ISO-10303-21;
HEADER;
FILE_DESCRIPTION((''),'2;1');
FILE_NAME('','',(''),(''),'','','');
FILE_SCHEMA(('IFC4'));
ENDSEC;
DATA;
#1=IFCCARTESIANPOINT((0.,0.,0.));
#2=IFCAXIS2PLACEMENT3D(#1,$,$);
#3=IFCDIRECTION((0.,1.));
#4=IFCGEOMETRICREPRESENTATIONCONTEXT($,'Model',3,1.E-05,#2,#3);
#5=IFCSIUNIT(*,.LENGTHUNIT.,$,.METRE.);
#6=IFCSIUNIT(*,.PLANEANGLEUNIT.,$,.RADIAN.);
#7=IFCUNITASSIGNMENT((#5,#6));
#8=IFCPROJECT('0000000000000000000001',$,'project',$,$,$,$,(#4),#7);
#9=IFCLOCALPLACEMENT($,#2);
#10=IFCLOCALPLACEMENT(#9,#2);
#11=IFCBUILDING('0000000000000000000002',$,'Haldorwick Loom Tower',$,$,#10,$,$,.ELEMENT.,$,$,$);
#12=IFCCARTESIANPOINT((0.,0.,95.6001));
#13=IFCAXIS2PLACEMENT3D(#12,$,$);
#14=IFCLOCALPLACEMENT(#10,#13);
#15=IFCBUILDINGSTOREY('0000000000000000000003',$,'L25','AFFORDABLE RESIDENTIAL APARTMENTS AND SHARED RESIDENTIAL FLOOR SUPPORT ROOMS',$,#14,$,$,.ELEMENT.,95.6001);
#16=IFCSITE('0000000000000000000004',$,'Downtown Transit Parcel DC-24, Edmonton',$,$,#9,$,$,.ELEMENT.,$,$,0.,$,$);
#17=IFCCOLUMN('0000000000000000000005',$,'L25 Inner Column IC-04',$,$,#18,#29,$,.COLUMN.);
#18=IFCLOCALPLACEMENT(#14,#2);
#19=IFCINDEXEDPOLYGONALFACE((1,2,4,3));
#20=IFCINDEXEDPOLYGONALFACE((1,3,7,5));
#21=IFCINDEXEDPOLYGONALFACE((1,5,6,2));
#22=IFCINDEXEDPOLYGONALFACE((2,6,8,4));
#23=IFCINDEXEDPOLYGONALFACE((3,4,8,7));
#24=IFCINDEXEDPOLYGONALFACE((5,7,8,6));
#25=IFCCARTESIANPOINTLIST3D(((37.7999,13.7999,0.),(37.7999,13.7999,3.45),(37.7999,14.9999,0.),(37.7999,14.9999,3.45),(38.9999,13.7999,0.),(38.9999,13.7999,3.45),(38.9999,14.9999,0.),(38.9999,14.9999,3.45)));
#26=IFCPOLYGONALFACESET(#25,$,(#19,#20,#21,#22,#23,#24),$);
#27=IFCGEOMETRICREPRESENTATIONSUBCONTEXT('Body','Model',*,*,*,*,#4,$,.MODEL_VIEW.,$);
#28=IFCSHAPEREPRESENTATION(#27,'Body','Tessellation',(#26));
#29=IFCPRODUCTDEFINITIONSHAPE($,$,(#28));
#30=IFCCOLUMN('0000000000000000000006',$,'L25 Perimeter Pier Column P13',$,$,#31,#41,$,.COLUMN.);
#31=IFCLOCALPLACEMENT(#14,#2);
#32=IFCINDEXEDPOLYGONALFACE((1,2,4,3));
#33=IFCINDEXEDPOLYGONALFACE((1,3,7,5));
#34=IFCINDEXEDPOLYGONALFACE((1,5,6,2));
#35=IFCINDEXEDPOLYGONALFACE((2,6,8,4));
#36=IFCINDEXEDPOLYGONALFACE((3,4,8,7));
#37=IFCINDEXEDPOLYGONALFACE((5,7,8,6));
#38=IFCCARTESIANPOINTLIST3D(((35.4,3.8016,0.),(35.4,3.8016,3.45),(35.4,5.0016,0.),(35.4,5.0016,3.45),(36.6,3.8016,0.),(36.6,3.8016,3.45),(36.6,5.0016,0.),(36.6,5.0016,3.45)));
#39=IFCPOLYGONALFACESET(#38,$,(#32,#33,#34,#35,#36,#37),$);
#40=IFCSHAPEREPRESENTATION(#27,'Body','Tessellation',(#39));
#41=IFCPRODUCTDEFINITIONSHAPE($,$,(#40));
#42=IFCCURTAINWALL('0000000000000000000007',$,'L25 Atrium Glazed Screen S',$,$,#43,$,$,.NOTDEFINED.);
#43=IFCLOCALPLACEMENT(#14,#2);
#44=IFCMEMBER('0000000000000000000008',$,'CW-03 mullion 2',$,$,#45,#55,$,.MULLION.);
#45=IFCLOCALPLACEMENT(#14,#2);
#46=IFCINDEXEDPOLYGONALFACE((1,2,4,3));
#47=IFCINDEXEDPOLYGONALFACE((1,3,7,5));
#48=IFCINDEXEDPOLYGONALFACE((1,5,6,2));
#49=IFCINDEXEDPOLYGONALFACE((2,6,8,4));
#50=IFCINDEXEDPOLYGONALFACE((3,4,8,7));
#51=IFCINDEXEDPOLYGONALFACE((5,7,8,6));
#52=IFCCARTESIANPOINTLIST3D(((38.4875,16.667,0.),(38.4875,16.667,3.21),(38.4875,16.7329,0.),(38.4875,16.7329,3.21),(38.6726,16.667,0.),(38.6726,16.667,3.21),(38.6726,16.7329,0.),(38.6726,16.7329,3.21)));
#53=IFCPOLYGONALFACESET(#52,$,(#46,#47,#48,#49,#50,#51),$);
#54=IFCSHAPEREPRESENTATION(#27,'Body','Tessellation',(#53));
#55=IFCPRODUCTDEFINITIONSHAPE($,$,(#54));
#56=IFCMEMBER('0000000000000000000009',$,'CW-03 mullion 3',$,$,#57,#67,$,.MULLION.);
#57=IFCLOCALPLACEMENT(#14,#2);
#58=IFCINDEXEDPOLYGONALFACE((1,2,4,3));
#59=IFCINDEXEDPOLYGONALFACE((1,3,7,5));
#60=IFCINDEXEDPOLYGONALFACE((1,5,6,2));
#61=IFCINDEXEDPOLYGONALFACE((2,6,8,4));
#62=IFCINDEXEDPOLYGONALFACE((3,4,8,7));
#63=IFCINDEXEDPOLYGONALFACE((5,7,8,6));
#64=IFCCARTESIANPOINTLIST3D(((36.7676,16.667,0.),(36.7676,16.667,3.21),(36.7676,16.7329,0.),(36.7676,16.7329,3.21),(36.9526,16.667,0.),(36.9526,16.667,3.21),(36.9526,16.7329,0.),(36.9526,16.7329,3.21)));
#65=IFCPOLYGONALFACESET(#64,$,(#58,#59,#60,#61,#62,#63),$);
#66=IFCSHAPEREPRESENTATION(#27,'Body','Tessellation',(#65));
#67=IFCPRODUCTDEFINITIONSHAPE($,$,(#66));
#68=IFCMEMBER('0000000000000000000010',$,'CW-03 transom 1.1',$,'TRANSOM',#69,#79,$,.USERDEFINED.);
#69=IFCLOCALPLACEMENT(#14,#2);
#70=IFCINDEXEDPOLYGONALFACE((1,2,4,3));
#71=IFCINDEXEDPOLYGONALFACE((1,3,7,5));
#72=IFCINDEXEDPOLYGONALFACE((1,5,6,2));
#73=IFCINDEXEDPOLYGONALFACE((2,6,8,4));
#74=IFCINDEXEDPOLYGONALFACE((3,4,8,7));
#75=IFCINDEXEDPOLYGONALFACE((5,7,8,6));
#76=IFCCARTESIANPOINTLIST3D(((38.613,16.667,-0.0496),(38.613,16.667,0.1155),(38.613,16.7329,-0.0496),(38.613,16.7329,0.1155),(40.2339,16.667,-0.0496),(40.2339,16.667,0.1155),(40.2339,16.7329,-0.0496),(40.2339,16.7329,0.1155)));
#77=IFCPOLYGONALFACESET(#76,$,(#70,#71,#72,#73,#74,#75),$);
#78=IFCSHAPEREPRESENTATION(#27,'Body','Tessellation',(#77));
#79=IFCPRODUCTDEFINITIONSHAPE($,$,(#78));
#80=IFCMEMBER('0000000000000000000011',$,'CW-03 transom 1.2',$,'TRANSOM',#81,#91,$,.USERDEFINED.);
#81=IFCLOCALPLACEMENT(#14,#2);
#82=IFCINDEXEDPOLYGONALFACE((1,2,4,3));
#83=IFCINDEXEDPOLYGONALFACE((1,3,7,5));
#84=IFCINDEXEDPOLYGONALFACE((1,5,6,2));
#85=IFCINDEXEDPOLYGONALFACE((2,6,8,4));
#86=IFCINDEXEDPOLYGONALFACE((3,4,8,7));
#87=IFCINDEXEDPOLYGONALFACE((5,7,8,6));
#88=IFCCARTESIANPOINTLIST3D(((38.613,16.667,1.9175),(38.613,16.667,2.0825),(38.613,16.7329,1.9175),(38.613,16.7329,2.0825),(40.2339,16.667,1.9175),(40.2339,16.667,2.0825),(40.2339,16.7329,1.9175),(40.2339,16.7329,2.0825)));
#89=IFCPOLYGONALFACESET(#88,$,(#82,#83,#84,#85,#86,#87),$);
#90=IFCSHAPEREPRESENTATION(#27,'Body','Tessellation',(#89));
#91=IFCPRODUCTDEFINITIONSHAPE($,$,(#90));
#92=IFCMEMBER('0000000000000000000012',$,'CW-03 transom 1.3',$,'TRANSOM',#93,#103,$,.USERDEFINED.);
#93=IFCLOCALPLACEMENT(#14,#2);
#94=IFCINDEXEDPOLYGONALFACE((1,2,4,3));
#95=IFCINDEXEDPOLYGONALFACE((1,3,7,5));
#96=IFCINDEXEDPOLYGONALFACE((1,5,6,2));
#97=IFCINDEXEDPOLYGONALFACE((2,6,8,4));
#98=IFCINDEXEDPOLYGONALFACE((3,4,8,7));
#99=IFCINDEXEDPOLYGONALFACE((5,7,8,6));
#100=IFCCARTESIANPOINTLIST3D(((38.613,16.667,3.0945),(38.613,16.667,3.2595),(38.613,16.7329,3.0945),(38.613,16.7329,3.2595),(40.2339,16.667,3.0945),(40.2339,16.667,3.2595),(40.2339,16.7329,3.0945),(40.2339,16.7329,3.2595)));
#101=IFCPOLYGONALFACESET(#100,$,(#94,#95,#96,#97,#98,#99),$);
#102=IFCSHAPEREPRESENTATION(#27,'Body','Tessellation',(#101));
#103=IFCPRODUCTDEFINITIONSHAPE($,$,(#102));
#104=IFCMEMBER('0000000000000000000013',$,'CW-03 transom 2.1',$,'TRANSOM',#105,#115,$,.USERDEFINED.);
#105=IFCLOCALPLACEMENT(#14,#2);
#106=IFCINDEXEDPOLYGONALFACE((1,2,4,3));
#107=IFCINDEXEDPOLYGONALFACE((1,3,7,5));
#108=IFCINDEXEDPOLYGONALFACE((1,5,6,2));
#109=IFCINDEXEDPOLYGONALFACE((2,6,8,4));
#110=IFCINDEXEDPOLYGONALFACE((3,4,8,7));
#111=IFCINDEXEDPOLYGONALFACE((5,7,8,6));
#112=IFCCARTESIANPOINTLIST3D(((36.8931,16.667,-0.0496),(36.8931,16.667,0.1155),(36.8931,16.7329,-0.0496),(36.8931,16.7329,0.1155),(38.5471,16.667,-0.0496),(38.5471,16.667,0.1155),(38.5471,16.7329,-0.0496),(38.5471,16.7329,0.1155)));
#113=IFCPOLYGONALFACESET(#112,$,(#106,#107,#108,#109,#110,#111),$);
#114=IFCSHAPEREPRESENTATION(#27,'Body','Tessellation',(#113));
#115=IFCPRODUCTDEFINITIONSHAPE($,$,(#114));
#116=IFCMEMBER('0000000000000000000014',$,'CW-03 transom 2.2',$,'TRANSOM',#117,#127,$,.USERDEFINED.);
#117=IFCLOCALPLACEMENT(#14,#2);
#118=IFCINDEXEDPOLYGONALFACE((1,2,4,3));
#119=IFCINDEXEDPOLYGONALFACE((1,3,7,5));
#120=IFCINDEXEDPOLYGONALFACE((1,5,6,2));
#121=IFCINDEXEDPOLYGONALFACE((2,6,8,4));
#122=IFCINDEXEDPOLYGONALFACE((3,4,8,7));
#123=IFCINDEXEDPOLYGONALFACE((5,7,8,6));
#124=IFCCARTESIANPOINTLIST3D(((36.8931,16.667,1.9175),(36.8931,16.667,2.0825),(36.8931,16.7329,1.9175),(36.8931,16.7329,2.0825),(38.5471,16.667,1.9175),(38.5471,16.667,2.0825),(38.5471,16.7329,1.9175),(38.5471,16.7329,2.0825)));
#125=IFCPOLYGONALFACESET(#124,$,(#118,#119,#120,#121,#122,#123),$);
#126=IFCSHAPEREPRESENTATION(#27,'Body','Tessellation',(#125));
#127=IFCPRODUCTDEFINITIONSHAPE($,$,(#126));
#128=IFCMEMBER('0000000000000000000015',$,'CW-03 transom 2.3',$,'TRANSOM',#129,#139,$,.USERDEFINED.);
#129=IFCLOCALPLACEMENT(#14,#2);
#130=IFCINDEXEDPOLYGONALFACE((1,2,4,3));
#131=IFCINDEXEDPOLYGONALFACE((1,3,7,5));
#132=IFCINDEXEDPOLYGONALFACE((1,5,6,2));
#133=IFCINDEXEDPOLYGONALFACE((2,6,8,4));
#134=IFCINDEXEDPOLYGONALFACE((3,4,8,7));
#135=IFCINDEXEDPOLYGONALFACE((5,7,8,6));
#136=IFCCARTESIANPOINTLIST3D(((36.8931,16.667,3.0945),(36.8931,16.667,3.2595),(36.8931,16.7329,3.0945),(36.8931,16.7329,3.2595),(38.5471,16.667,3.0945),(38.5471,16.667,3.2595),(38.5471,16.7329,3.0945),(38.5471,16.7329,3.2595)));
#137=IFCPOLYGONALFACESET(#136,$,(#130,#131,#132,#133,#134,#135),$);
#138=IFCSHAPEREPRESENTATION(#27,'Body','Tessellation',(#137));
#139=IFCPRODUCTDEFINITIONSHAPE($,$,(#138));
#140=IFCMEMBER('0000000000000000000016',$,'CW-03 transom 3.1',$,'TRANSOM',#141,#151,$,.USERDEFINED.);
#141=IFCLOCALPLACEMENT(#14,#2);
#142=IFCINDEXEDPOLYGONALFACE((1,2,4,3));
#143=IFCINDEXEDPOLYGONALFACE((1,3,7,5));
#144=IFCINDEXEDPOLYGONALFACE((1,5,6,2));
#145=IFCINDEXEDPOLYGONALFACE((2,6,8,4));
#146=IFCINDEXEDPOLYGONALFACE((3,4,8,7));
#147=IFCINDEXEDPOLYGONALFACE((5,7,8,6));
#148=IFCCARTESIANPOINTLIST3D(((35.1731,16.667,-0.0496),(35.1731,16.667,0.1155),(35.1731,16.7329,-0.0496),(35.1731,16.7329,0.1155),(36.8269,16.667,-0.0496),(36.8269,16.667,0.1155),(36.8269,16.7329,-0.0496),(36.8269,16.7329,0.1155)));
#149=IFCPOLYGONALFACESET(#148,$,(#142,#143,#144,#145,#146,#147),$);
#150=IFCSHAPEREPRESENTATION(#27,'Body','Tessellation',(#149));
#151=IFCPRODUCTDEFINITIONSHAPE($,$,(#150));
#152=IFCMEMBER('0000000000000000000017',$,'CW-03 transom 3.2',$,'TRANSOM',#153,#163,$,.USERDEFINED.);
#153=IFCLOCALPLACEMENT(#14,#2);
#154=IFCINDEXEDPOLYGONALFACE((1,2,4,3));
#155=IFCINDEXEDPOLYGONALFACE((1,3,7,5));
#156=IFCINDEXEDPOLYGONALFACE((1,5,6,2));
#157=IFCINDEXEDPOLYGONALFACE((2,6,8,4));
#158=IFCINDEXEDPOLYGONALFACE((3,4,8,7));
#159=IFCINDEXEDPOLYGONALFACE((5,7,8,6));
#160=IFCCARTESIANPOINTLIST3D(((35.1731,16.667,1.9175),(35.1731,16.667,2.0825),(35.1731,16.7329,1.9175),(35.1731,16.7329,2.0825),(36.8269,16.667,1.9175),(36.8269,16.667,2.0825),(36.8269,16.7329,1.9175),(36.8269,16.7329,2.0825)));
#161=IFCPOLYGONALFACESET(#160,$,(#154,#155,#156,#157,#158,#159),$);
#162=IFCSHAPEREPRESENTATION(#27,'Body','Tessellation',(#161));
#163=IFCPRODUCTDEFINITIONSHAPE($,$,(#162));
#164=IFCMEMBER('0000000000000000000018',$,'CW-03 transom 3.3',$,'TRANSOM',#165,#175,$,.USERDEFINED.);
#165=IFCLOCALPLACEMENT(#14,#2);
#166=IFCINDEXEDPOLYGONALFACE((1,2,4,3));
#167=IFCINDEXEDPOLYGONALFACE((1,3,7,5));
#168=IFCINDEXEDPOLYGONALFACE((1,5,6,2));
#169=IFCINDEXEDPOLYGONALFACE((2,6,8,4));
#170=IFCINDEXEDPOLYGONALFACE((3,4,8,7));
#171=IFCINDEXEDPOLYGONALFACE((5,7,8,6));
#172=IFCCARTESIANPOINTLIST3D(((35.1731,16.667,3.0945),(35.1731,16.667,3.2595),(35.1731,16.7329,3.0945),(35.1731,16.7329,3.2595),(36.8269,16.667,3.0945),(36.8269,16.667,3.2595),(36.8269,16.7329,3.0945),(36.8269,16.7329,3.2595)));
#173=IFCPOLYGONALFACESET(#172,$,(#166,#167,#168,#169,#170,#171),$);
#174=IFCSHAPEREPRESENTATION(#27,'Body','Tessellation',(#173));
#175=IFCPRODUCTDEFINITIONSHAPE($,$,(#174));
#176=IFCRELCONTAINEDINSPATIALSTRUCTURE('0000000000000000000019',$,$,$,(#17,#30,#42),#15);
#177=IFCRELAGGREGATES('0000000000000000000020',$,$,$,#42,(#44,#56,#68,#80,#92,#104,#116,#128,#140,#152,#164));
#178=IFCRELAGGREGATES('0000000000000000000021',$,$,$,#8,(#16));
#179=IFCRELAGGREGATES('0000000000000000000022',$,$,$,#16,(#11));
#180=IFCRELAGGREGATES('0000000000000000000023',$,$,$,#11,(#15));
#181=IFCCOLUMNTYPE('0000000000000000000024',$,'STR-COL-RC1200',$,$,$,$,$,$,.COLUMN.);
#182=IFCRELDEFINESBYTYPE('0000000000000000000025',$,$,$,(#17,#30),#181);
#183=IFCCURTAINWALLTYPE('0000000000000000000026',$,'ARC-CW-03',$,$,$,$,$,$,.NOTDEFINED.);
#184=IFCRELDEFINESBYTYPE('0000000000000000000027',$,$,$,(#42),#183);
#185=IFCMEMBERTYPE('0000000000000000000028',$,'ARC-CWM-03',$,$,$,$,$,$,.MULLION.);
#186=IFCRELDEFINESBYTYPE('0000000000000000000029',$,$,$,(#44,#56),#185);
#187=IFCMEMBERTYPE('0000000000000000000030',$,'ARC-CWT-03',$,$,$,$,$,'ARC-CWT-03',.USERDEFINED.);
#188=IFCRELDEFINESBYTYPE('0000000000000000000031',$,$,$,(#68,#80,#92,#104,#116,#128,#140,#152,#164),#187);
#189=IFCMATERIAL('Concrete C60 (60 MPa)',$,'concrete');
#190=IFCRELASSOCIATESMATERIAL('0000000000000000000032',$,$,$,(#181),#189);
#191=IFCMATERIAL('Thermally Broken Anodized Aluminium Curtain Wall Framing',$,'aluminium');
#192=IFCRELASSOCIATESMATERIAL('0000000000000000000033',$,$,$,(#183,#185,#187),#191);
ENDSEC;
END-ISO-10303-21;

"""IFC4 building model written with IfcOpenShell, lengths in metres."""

from ifc_helpers import new_model, si_unit, direction, frame, origin, origin_2d, place, context, subcontext, project, spatial, rectangle, extrude, material, material_profile, profile_set, type_object, element, aggregate, save


model = new_model("IFC4")

# Units and contexts
model_context = context("Model", 3, precision=1e-05, world=origin(), true_north=direction((0.0, 1.0)))
body_context = subcontext(model_context, "Body", "Model", "MODEL_VIEW")
ifc_project = project(units=[si_unit("LENGTHUNIT", "METRE"), si_unit("PLANEANGLEUNIT", "RADIAN")], contexts=[model_context])

# Site, building, storey
site_placement = place(None, origin())
site = spatial("IfcSite", under=ifc_project, at=site_placement, Name="Downtown Transit Parcel DC-24, Edmonton", CompositionType="ELEMENT", RefElevation=0.0)
building_placement = place(site_placement, origin())
building = spatial("IfcBuilding", under=site, at=building_placement, Name="Haldorwick Loom Tower", CompositionType="ELEMENT")
storey_placement = place(building_placement, frame((0.0, 0.0, 95.6001)))
storey = spatial("IfcBuildingStorey", under=building, at=storey_placement, Name="L25", Description="AFFORDABLE RESIDENTIAL APARTMENTS AND SHARED RESIDENTIAL FLOOR SUPPORT ROOMS", CompositionType="ELEMENT", Elevation=95.6001)

# Columns
ifc_material_1 = material(Name="Concrete C60 (60 MPa)", Category="concrete")
ifc_material_profile_1 = material_profile(ifc_material_1, rectangle(XDim=1.2, YDim=1.2, at=origin_2d()), Name="RC1200X1200", Category="concrete")
ifc_profile_set_1 = profile_set([ifc_material_profile_1], Name="Concrete C60 (60 MPa)")
column_type = type_object("IfcColumnType", Name="STR-COL-RC1200", PredefinedType="COLUMN", material=ifc_profile_set_1)
for number, where, z_axis, x_axis, name in (
    (1, (38.3999, 14.3999, 0.0), (0.0, 0.0, 1.0), (1.0, 0.0, 0.0), "L25 Inner Column IC-04"),
    (2, (36.0, 4.4016, 0.0), (0.0, 0.0, 1.0), (0.0, -1.0, 0.0), "L25 Perimeter Pier Column P13"),
):
    element("IfcColumn", number, at=place(storey_placement, frame(where, z_axis=z_axis, x_axis=x_axis)), inside=storey, type_object=column_type, Name=name, PredefinedType="COLUMN", context=body_context, shape_type="SweptSolid", body=[
        extrude(rectangle(XDim=1.2, YDim=1.2, at=origin_2d()), origin(), (0.0, 0.0, 1.0), 3.45),
    ])

# Curtain wall, members
ifc_material_2 = material(Name="Thermally Broken Anodized Aluminium Curtain Wall Framing", Category="aluminium")
curtain_wall_type = type_object("IfcCurtainWallType", Name="ARC-CW-03", PredefinedType="NOTDEFINED", material=ifc_material_2)
curtain_wall_placement = place(storey_placement, origin())
curtain_wall = element("IfcCurtainWall", 3, at=curtain_wall_placement, inside=storey, type_object=curtain_wall_type, Name="L25 Atrium Glazed Screen S", PredefinedType="NOTDEFINED")
ifc_material_profile_2 = material_profile(ifc_material_2, rectangle(XDim=0.0659, YDim=0.1851, at=origin_2d()), Name="ALU_MUL_66X185", Category="aluminium")
ifc_profile_set_2 = profile_set([ifc_material_profile_2], Name="Thermally Broken Anodized Aluminium Curtain Wall Framing")
member_type_1 = type_object("IfcMemberType", Name="ARC-CWM-03", PredefinedType="MULLION", material=ifc_profile_set_2)
member_1_placement = place(storey_placement, frame((38.5801, 16.7, 0.0), z_axis=(0.0, 0.0, 1.0), x_axis=(0.0, -1.0, 0.0)))
member_1 = element("IfcMember", 4, at=member_1_placement, type_object=member_type_1, Name="CW-03 mullion 2", PredefinedType="MULLION", context=body_context, shape_type="SweptSolid", body=[
    extrude(rectangle(XDim=0.0659, YDim=0.1851, at=origin_2d()), origin(), (0.0, 0.0, 1.0), 3.21),
])
member_2_placement = place(storey_placement, frame((36.8601, 16.7, 0.0), z_axis=(0.0, 0.0, 1.0), x_axis=(0.0, -1.0, 0.0)))
member_2 = element("IfcMember", 5, at=member_2_placement, type_object=member_type_1, Name="CW-03 mullion 3", PredefinedType="MULLION", context=body_context, shape_type="SweptSolid", body=[
    extrude(rectangle(XDim=0.0659, YDim=0.1851, at=origin_2d()), origin(), (0.0, 0.0, 1.0), 3.21),
])
ifc_material_profile_3 = material_profile(ifc_material_2, rectangle(XDim=0.0659, YDim=0.165, at=origin_2d()), Name="ALU_TRN_66X165", Category="aluminium")
ifc_profile_set_3 = profile_set([ifc_material_profile_3], Name="Thermally Broken Anodized Aluminium Curtain Wall Framing")
member_type_2 = type_object("IfcMemberType", Name="ARC-CWT-03", ElementType="ARC-CWT-03", PredefinedType="USERDEFINED", material=ifc_profile_set_3)
member_3_placement = place(storey_placement, frame((40.2339, 16.7, 0.033), z_axis=(-1.0, 0.0, 0.0), x_axis=(0.0, -1.0, 0.0)))
member_3 = element("IfcMember", 6, at=member_3_placement, type_object=member_type_2, Name="CW-03 transom 1.1", ObjectType="TRANSOM", PredefinedType="USERDEFINED", context=body_context, shape_type="SweptSolid", body=[
    extrude(rectangle(XDim=0.0659, YDim=0.165, at=origin_2d()), origin(), (0.0, 0.0, 1.0), 1.6208),
])
member_4_placement = place(storey_placement, frame((40.2339, 16.7, 2.0), z_axis=(-1.0, 0.0, 0.0), x_axis=(0.0, -1.0, 0.0)))
member_4 = element("IfcMember", 7, at=member_4_placement, type_object=member_type_2, Name="CW-03 transom 1.2", ObjectType="TRANSOM", PredefinedType="USERDEFINED", context=body_context, shape_type="SweptSolid", body=[
    extrude(rectangle(XDim=0.0659, YDim=0.165, at=origin_2d()), origin(), (0.0, 0.0, 1.0), 1.6208),
])
member_5_placement = place(storey_placement, frame((40.2339, 16.7, 3.177), z_axis=(-1.0, 0.0, 0.0), x_axis=(0.0, -1.0, 0.0)))
member_5 = element("IfcMember", 8, at=member_5_placement, type_object=member_type_2, Name="CW-03 transom 1.3", ObjectType="TRANSOM", PredefinedType="USERDEFINED", context=body_context, shape_type="SweptSolid", body=[
    extrude(rectangle(XDim=0.0659, YDim=0.165, at=origin_2d()), origin(), (0.0, 0.0, 1.0), 1.6208),
])
member_6_placement = place(storey_placement, frame((38.5471, 16.7, 0.033), z_axis=(-1.0, 0.0, 0.0), x_axis=(0.0, -1.0, 0.0)))
member_6 = element("IfcMember", 9, at=member_6_placement, type_object=member_type_2, Name="CW-03 transom 2.1", ObjectType="TRANSOM", PredefinedType="USERDEFINED", context=body_context, shape_type="SweptSolid", body=[
    extrude(rectangle(XDim=0.0659, YDim=0.165, at=origin_2d()), origin(), (0.0, 0.0, 1.0), 1.6541),
])
member_7_placement = place(storey_placement, frame((38.5471, 16.7, 2.0), z_axis=(-1.0, 0.0, 0.0), x_axis=(0.0, -1.0, 0.0)))
member_7 = element("IfcMember", 10, at=member_7_placement, type_object=member_type_2, Name="CW-03 transom 2.2", ObjectType="TRANSOM", PredefinedType="USERDEFINED", context=body_context, shape_type="SweptSolid", body=[
    extrude(rectangle(XDim=0.0659, YDim=0.165, at=origin_2d()), origin(), (0.0, 0.0, 1.0), 1.6541),
])
member_8_placement = place(storey_placement, frame((38.5471, 16.7, 3.177), z_axis=(-1.0, 0.0, 0.0), x_axis=(0.0, -1.0, 0.0)))
member_8 = element("IfcMember", 11, at=member_8_placement, type_object=member_type_2, Name="CW-03 transom 2.3", ObjectType="TRANSOM", PredefinedType="USERDEFINED", context=body_context, shape_type="SweptSolid", body=[
    extrude(rectangle(XDim=0.0659, YDim=0.165, at=origin_2d()), origin(), (0.0, 0.0, 1.0), 1.6541),
])
member_9_placement = place(storey_placement, frame((36.8269, 16.7, 0.033), z_axis=(-1.0, 0.0, 0.0), x_axis=(0.0, -1.0, 0.0)))
member_9 = element("IfcMember", 12, at=member_9_placement, type_object=member_type_2, Name="CW-03 transom 3.1", ObjectType="TRANSOM", PredefinedType="USERDEFINED", context=body_context, shape_type="SweptSolid", body=[
    extrude(rectangle(XDim=0.0659, YDim=0.165, at=origin_2d()), origin(), (0.0, 0.0, 1.0), 1.6538),
])
member_10_placement = place(storey_placement, frame((36.8269, 16.7, 2.0), z_axis=(-1.0, 0.0, 0.0), x_axis=(0.0, -1.0, 0.0)))
member_10 = element("IfcMember", 13, at=member_10_placement, type_object=member_type_2, Name="CW-03 transom 3.2", ObjectType="TRANSOM", PredefinedType="USERDEFINED", context=body_context, shape_type="SweptSolid", body=[
    extrude(rectangle(XDim=0.0659, YDim=0.165, at=origin_2d()), origin(), (0.0, 0.0, 1.0), 1.6538),
])
member_11_placement = place(storey_placement, frame((36.8269, 16.7, 3.177), z_axis=(-1.0, 0.0, 0.0), x_axis=(0.0, -1.0, 0.0)))
member_11 = element("IfcMember", 14, at=member_11_placement, type_object=member_type_2, Name="CW-03 transom 3.3", ObjectType="TRANSOM", PredefinedType="USERDEFINED", context=body_context, shape_type="SweptSolid", body=[
    extrude(rectangle(XDim=0.0659, YDim=0.165, at=origin_2d()), origin(), (0.0, 0.0, 1.0), 1.6538),
])

aggregate(curtain_wall, [member_1, member_2, member_3, member_4, member_5, member_6, member_7, member_8, member_9, member_10, member_11])

save(model, "model.ifc")
